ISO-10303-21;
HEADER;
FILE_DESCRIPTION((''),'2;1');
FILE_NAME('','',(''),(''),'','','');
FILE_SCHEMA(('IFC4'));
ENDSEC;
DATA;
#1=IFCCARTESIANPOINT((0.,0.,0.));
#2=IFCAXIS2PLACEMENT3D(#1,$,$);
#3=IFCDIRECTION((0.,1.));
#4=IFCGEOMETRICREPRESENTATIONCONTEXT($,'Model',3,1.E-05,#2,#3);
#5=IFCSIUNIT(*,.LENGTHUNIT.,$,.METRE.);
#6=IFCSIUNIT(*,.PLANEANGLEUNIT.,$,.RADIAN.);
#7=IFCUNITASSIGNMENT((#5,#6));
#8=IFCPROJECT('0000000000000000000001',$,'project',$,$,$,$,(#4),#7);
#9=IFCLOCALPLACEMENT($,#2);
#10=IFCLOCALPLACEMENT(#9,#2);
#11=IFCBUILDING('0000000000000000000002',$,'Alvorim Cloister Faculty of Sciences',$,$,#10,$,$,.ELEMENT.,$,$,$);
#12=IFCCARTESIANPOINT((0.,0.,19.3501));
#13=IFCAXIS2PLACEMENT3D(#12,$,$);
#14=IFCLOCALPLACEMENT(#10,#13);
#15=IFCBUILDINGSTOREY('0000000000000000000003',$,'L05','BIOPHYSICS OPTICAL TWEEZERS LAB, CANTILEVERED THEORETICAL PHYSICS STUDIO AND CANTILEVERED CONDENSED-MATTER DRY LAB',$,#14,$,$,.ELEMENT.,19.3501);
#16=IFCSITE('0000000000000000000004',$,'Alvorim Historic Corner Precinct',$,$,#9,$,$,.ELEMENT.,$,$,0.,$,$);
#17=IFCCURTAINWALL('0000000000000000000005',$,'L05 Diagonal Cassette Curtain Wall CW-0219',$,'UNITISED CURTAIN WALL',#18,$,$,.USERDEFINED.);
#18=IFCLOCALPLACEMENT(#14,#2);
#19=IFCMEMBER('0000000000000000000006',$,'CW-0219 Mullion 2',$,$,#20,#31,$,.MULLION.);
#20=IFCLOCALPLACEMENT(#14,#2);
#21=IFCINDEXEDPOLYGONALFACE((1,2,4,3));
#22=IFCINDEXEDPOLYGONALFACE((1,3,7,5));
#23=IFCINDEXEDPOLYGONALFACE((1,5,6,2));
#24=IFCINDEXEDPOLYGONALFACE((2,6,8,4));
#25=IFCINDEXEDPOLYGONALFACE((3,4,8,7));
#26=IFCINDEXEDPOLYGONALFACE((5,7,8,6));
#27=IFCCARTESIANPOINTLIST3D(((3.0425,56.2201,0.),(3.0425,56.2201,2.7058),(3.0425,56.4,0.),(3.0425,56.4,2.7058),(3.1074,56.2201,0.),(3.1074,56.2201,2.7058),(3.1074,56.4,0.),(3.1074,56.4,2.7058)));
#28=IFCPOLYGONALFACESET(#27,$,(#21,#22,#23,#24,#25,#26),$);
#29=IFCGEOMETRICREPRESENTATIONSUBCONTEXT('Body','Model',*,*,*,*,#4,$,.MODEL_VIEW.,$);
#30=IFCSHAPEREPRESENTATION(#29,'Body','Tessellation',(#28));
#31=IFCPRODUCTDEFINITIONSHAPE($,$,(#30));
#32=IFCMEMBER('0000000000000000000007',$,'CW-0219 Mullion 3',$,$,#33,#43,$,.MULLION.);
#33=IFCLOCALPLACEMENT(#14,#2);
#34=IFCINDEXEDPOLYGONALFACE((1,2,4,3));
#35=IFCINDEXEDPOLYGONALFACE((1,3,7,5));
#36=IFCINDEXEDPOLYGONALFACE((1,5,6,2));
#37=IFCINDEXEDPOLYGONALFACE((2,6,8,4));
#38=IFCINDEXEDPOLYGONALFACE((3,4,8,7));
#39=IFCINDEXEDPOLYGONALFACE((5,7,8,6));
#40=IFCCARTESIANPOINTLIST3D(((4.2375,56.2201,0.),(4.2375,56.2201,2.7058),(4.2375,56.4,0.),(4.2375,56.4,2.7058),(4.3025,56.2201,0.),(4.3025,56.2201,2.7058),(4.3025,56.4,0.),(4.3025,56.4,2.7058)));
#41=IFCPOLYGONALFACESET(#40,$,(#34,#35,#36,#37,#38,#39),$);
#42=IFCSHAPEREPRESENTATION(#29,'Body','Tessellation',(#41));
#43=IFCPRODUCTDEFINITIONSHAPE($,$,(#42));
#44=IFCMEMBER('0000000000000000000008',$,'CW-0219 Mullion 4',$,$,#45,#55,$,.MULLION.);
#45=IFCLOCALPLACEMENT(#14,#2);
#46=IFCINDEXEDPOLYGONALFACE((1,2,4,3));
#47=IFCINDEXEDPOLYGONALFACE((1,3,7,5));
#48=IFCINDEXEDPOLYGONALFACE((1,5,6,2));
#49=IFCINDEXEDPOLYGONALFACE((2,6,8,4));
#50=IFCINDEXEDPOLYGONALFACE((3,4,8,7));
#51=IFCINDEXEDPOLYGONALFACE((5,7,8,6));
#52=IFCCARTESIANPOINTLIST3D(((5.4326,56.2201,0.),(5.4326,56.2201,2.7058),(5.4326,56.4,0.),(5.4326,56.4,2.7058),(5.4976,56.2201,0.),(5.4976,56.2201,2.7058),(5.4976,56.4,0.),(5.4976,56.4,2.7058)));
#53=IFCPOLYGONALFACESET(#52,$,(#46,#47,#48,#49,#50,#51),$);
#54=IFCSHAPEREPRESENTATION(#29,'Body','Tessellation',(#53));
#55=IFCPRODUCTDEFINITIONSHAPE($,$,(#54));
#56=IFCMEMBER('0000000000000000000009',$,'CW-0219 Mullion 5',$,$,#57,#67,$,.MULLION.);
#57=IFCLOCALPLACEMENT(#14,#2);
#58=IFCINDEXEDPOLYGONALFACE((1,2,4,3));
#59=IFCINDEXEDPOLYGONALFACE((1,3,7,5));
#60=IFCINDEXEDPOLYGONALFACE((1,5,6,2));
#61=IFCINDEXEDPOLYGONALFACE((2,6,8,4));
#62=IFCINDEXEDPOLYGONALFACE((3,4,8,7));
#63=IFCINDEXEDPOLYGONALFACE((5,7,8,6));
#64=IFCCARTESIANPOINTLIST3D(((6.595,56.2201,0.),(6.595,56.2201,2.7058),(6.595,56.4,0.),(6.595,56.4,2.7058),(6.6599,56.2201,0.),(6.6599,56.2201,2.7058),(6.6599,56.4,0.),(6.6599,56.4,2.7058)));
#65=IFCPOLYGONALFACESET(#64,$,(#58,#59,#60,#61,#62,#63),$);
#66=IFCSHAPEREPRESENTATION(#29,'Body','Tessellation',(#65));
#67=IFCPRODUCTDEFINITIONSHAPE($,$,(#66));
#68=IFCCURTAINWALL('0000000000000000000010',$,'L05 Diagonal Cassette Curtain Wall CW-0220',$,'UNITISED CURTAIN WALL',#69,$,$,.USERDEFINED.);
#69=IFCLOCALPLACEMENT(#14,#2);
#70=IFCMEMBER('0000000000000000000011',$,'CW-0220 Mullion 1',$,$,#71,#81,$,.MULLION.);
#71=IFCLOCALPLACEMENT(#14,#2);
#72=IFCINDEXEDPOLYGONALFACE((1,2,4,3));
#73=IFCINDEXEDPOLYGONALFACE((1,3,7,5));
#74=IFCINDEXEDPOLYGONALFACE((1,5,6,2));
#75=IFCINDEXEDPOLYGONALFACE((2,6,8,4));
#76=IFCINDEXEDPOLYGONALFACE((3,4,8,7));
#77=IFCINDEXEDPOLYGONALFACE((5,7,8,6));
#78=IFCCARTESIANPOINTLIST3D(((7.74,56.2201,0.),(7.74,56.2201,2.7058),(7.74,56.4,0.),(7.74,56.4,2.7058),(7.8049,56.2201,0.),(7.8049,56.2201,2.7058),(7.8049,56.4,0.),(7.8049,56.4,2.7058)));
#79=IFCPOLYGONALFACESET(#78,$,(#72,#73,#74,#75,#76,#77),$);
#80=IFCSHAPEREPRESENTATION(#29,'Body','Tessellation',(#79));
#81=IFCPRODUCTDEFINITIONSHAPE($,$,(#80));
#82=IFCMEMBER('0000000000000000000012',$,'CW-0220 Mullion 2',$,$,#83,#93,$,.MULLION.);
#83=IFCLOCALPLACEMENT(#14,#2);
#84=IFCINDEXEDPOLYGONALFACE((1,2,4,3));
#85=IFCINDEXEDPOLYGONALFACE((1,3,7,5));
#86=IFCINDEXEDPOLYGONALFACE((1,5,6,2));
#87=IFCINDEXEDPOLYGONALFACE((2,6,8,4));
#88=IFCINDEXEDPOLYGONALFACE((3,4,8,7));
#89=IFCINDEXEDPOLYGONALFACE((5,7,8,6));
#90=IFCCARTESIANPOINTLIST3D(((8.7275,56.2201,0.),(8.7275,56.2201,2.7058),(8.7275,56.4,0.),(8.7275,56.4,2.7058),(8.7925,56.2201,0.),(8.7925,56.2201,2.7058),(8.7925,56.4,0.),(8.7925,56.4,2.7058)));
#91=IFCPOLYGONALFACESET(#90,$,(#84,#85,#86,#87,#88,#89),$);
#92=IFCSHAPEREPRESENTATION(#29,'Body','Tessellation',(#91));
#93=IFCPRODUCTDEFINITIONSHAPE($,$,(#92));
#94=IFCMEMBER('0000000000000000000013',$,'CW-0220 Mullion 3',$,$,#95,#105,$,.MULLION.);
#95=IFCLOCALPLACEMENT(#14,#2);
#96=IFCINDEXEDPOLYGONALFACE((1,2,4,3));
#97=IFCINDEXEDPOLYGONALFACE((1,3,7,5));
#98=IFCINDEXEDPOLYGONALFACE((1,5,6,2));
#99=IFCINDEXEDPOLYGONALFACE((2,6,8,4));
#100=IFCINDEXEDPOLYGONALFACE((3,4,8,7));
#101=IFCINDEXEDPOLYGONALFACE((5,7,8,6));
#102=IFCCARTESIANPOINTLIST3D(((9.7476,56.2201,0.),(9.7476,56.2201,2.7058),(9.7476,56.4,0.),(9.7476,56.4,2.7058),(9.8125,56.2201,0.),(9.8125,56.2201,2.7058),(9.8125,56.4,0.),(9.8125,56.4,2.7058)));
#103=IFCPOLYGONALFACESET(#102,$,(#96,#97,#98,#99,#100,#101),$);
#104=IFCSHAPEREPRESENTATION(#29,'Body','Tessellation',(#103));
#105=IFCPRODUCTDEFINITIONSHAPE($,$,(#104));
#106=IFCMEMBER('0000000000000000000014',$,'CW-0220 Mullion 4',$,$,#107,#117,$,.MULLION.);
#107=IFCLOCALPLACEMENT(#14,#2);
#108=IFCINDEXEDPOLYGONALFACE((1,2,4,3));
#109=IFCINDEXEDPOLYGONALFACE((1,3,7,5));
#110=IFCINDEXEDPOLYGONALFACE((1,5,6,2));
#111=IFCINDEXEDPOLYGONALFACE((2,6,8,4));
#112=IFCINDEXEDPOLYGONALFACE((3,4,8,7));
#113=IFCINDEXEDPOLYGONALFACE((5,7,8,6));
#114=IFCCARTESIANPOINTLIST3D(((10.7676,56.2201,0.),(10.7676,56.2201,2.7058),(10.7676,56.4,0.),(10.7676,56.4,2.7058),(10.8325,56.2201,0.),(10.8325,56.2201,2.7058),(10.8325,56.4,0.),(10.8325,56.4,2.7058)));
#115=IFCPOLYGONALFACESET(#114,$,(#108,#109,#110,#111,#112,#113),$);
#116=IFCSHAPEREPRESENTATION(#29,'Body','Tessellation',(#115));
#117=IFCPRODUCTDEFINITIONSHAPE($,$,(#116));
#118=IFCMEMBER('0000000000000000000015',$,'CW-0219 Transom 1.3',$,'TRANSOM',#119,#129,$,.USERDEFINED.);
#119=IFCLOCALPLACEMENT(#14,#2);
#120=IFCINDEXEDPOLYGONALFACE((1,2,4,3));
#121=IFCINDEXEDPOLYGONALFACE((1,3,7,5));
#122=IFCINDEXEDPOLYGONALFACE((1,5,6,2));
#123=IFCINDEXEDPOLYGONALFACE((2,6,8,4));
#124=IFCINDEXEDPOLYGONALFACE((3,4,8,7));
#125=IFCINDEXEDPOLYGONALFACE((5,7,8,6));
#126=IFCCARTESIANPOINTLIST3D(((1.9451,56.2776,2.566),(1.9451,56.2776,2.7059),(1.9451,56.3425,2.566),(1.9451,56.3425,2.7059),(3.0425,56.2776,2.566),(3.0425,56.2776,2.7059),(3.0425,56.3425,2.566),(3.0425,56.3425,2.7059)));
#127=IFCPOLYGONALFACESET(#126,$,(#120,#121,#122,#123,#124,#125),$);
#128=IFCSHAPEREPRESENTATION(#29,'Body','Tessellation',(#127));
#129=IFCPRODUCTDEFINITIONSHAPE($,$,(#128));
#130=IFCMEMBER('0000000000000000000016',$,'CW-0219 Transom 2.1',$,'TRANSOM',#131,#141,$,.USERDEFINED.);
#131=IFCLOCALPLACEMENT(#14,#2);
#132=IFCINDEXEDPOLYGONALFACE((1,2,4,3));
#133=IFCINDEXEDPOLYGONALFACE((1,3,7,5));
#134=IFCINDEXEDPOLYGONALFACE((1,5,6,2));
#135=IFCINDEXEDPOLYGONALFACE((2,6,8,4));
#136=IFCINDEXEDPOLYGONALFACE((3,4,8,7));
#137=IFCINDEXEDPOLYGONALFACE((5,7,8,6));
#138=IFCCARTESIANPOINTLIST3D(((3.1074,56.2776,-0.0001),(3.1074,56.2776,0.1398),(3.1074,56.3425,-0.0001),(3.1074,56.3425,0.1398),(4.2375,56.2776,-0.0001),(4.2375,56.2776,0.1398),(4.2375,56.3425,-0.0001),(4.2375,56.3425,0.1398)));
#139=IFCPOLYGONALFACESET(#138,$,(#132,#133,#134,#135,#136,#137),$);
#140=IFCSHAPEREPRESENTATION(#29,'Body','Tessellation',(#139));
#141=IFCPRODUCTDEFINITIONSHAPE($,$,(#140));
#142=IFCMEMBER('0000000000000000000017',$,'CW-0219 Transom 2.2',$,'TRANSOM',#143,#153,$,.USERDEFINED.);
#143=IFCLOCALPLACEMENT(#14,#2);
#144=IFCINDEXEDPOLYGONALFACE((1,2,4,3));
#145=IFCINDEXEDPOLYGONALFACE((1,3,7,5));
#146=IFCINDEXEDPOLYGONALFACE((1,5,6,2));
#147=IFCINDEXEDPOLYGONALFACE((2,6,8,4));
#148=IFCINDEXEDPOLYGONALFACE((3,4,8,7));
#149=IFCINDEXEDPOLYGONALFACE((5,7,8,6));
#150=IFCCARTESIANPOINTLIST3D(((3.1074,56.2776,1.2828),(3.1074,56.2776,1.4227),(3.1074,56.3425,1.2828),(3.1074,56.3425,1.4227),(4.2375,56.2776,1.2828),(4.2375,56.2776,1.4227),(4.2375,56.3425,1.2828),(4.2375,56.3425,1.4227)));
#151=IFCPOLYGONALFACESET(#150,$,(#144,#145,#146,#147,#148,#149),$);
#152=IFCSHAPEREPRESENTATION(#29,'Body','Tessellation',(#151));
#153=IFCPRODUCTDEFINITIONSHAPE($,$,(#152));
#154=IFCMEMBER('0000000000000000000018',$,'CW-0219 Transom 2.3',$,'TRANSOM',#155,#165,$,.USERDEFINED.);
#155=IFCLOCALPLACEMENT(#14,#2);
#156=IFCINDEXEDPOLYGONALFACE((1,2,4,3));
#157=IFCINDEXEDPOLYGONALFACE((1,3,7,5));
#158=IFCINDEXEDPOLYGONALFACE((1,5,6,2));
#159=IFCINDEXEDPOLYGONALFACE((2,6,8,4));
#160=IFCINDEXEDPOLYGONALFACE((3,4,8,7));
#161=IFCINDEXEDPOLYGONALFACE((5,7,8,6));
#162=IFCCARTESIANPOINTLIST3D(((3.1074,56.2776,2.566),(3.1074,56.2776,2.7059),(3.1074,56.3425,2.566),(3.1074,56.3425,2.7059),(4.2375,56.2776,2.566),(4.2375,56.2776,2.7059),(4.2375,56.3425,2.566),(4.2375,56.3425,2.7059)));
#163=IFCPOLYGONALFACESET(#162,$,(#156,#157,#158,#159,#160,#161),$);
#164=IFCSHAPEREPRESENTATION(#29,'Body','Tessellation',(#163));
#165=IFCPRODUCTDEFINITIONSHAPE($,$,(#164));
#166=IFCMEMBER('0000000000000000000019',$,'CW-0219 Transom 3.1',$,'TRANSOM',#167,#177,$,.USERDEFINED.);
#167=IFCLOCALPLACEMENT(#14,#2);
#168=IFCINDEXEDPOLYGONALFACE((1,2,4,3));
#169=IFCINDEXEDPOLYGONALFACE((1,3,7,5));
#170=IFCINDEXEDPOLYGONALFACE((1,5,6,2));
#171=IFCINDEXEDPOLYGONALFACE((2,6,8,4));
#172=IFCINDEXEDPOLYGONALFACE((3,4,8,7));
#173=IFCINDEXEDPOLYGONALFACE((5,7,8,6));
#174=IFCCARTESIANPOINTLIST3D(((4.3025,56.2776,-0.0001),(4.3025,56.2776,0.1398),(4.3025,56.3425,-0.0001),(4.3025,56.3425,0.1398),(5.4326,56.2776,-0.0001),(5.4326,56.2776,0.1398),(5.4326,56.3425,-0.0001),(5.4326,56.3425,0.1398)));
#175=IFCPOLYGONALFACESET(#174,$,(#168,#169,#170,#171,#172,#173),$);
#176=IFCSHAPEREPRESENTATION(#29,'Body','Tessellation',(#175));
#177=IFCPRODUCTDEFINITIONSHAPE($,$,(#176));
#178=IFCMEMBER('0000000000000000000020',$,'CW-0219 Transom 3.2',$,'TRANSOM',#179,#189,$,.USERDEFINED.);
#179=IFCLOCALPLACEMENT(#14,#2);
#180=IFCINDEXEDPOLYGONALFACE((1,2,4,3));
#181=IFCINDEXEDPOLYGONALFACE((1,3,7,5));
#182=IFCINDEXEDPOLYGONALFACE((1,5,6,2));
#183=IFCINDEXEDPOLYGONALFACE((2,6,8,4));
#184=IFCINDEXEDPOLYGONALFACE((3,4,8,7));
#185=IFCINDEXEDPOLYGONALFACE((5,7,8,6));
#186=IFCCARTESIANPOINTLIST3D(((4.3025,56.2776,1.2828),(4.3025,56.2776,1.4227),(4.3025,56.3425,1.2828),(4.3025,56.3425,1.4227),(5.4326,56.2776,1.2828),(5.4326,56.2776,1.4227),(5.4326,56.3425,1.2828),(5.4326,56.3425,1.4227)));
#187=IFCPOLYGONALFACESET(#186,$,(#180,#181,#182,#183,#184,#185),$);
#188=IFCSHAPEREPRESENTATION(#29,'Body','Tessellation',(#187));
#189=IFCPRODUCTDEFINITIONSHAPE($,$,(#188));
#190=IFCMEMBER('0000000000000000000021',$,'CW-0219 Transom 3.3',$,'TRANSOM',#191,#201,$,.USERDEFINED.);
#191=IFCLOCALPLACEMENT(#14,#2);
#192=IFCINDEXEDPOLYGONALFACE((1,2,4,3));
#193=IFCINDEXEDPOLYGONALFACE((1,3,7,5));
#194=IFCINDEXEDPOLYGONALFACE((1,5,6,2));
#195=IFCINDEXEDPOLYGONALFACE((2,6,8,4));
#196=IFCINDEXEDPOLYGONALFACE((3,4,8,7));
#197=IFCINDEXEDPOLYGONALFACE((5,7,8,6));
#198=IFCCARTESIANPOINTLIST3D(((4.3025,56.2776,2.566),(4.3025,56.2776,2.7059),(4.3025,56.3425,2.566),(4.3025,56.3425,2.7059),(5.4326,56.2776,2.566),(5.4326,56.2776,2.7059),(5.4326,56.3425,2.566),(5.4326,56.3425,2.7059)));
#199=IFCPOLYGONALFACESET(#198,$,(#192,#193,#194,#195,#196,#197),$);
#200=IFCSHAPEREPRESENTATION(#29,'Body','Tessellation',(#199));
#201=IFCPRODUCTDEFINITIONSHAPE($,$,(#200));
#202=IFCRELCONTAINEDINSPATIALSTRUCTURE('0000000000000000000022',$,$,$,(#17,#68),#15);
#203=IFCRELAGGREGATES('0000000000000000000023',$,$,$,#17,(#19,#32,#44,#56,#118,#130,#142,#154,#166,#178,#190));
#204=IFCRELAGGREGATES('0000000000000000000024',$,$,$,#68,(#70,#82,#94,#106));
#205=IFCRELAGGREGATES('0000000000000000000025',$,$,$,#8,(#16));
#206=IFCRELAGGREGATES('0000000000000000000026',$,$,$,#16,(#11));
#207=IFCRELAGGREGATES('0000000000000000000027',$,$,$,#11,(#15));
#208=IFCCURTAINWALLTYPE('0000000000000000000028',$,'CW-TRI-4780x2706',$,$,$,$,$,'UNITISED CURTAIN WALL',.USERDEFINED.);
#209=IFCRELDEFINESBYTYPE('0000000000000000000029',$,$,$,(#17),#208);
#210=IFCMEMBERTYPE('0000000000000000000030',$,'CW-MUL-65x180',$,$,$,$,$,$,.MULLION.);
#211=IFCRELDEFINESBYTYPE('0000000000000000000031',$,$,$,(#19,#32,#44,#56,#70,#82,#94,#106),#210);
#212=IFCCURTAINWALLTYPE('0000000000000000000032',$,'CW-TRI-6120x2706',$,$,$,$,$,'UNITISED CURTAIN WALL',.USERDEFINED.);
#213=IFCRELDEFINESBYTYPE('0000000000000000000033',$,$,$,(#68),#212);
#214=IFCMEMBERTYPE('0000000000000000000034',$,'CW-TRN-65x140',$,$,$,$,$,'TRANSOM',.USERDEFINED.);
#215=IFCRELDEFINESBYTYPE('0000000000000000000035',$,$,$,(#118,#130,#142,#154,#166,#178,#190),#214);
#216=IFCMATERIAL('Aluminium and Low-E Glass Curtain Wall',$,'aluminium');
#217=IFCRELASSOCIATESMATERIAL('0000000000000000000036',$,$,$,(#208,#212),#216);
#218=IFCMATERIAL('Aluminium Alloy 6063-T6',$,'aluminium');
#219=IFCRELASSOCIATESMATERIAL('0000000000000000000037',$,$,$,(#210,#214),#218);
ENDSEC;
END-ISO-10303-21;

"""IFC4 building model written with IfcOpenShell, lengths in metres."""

from ifc_helpers import new_model, si_unit, direction, frame, origin, origin_2d, place, context, subcontext, project, spatial, rectangle, extrude, material, material_profile, profile_set, type_object, element, aggregate, save


model = new_model("IFC4")

# Units and contexts
model_context = context("Model", 3, precision=1e-05, world=origin(), true_north=direction((0.0, 1.0)))
body_context = subcontext(model_context, "Body", "Model", "MODEL_VIEW")
ifc_project = project(units=[si_unit("LENGTHUNIT", "METRE"), si_unit("PLANEANGLEUNIT", "RADIAN")], contexts=[model_context])

# Site, building, storey
site_placement = place(None, origin())
site = spatial("IfcSite", under=ifc_project, at=site_placement, Name="Alvorim Historic Corner Precinct", CompositionType="ELEMENT", RefElevation=0.0)
building_placement = place(site_placement, origin())
building = spatial("IfcBuilding", under=site, at=building_placement, Name="Alvorim Cloister Faculty of Sciences", CompositionType="ELEMENT")
storey_placement = place(building_placement, frame((0.0, 0.0, 19.3501)))
storey = spatial("IfcBuildingStorey", under=building, at=storey_placement, Name="L05", Description="BIOPHYSICS OPTICAL TWEEZERS LAB, CANTILEVERED THEORETICAL PHYSICS STUDIO AND CANTILEVERED CONDENSED-MATTER DRY LAB", CompositionType="ELEMENT", Elevation=19.3501)

# Curtain walls, members
ifc_material_1 = material(Name="Aluminium and Low-E Glass Curtain Wall", Category="aluminium")
curtain_wall_type_1 = type_object("IfcCurtainWallType", Name="CW-TRI-4780x2706", ElementType="UNITISED CURTAIN WALL", PredefinedType="USERDEFINED", material=ifc_material_1)
curtain_wall_1_placement = place(storey_placement, origin())
curtain_wall_1 = element("IfcCurtainWall", 1, at=curtain_wall_1_placement, inside=storey, type_object=curtain_wall_type_1, Name="L05 Diagonal Cassette Curtain Wall CW-0219", ObjectType="UNITISED CURTAIN WALL", PredefinedType="USERDEFINED")
ifc_material_2 = material(Name="Aluminium Alloy 6063-T6", Category="aluminium")
ifc_material_profile_1 = material_profile(ifc_material_2, rectangle(XDim=0.0649, YDim=0.1799, at=origin_2d()), Name="ALU-MUL-65x180")
ifc_profile_set_1 = profile_set([ifc_material_profile_1], Name="Aluminium Alloy 6063-T6")
member_type_1 = type_object("IfcMemberType", Name="CW-MUL-65x180", PredefinedType="MULLION", material=ifc_profile_set_1)
member_1_placement = place(storey_placement, frame((3.075, 56.3101, 0.0), z_axis=(0.0, 0.0, 1.0), x_axis=(1.0, 0.0, 0.0)))
member_1 = element("IfcMember", 2, at=member_1_placement, type_object=member_type_1, Name="CW-0219 Mullion 2", PredefinedType="MULLION", context=body_context, shape_type="SweptSolid", body=[
    extrude(rectangle(XDim=0.0649, YDim=0.1799, at=origin_2d()), origin(), (0.0, 0.0, 1.0), 2.7058),
])
member_2_placement = place(storey_placement, frame((4.27, 56.3101, 0.0), z_axis=(0.0, 0.0, 1.0), x_axis=(1.0, 0.0, 0.0)))
member_2 = element("IfcMember", 3, at=member_2_placement, type_object=member_type_1, Name="CW-0219 Mullion 3", PredefinedType="MULLION", context=body_context, shape_type="SweptSolid", body=[
    extrude(rectangle(XDim=0.0649, YDim=0.1799, at=origin_2d()), origin(), (0.0, 0.0, 1.0), 2.7058),
])
member_3_placement = place(storey_placement, frame((5.4651, 56.3101, 0.0), z_axis=(0.0, 0.0, 1.0), x_axis=(1.0, 0.0, 0.0)))
member_3 = element("IfcMember", 4, at=member_3_placement, type_object=member_type_1, Name="CW-0219 Mullion 4", PredefinedType="MULLION", context=body_context, shape_type="SweptSolid", body=[
    extrude(rectangle(XDim=0.0649, YDim=0.1799, at=origin_2d()), origin(), (0.0, 0.0, 1.0), 2.7058),
])
member_4_placement = place(storey_placement, frame((6.6274, 56.3101, 0.0), z_axis=(0.0, 0.0, 1.0), x_axis=(1.0, 0.0, 0.0)))
member_4 = element("IfcMember", 5, at=member_4_placement, type_object=member_type_1, Name="CW-0219 Mullion 5", PredefinedType="MULLION", context=body_context, shape_type="SweptSolid", body=[
    extrude(rectangle(XDim=0.0649, YDim=0.1799, at=origin_2d()), origin(), (0.0, 0.0, 1.0), 2.7058),
])
curtain_wall_type_2 = type_object("IfcCurtainWallType", Name="CW-TRI-6120x2706", ElementType="UNITISED CURTAIN WALL", PredefinedType="USERDEFINED", material=ifc_material_1)
curtain_wall_2_placement = place(storey_placement, origin())
curtain_wall_2 = element("IfcCurtainWall", 6, at=curtain_wall_2_placement, inside=storey, type_object=curtain_wall_type_2, Name="L05 Diagonal Cassette Curtain Wall CW-0220", ObjectType="UNITISED CURTAIN WALL", PredefinedType="USERDEFINED")
member_5_placement = place(storey_placement, frame((7.7725, 56.3101, 0.0), z_axis=(0.0, 0.0, 1.0), x_axis=(1.0, 0.0, 0.0)))
member_5 = element("IfcMember", 7, at=member_5_placement, type_object=member_type_1, Name="CW-0220 Mullion 1", PredefinedType="MULLION", context=body_context, shape_type="SweptSolid", body=[
    extrude(rectangle(XDim=0.0649, YDim=0.1799, at=origin_2d()), origin(), (0.0, 0.0, 1.0), 2.7058),
])
member_6_placement = place(storey_placement, frame((8.76, 56.3101, 0.0), z_axis=(0.0, 0.0, 1.0), x_axis=(1.0, 0.0, 0.0)))
member_6 = element("IfcMember", 8, at=member_6_placement, type_object=member_type_1, Name="CW-0220 Mullion 2", PredefinedType="MULLION", context=body_context, shape_type="SweptSolid", body=[
    extrude(rectangle(XDim=0.0649, YDim=0.1799, at=origin_2d()), origin(), (0.0, 0.0, 1.0), 2.7058),
])
member_7_placement = place(storey_placement, frame((9.78, 56.3101, 0.0), z_axis=(0.0, 0.0, 1.0), x_axis=(1.0, 0.0, 0.0)))
member_7 = element("IfcMember", 9, at=member_7_placement, type_object=member_type_1, Name="CW-0220 Mullion 3", PredefinedType="MULLION", context=body_context, shape_type="SweptSolid", body=[
    extrude(rectangle(XDim=0.0649, YDim=0.1799, at=origin_2d()), origin(), (0.0, 0.0, 1.0), 2.7058),
])
member_8_placement = place(storey_placement, frame((10.8, 56.3101, 0.0), z_axis=(0.0, 0.0, 1.0), x_axis=(1.0, 0.0, 0.0)))
member_8 = element("IfcMember", 10, at=member_8_placement, type_object=member_type_1, Name="CW-0220 Mullion 4", PredefinedType="MULLION", context=body_context, shape_type="SweptSolid", body=[
    extrude(rectangle(XDim=0.0649, YDim=0.1799, at=origin_2d()), origin(), (0.0, 0.0, 1.0), 2.7058),
])

# Members
ifc_material_profile_2 = material_profile(ifc_material_2, rectangle(XDim=0.0649, YDim=0.1399, at=origin_2d()), Name="ALU-TRN-65x140")
ifc_profile_set_2 = profile_set([ifc_material_profile_2], Name="Aluminium Alloy 6063-T6")
member_type_2 = type_object("IfcMemberType", Name="CW-TRN-65x140", ElementType="TRANSOM", PredefinedType="USERDEFINED", material=ifc_profile_set_2)
member_9_placement = place(storey_placement, frame((1.9451, 56.3101, 2.636), z_axis=(1.0, 0.0, 0.0), x_axis=(0.0, 1.0, 0.0)))
member_9 = element("IfcMember", 11, at=member_9_placement, type_object=member_type_2, Name="CW-0219 Transom 1.3", ObjectType="TRANSOM", PredefinedType="USERDEFINED", context=body_context, shape_type="SweptSolid", body=[
    extrude(rectangle(XDim=0.0649, YDim=0.1399, at=origin_2d()), origin(), (0.0, 0.0, 1.0), 1.0974),
])
member_10_placement = place(storey_placement, frame((3.1074, 56.3101, 0.0698), z_axis=(1.0, 0.0, 0.0), x_axis=(0.0, 1.0, 0.0)))
member_10 = element("IfcMember", 12, at=member_10_placement, type_object=member_type_2, Name="CW-0219 Transom 2.1", ObjectType="TRANSOM", PredefinedType="USERDEFINED", context=body_context, shape_type="SweptSolid", body=[
    extrude(rectangle(XDim=0.0649, YDim=0.1399, at=origin_2d()), origin(), (0.0, 0.0, 1.0), 1.1301),
])
member_11_placement = place(storey_placement, frame((3.1074, 56.3101, 1.3528), z_axis=(1.0, 0.0, 0.0), x_axis=(0.0, 1.0, 0.0)))
member_11 = element("IfcMember", 13, at=member_11_placement, type_object=member_type_2, Name="CW-0219 Transom 2.2", ObjectType="TRANSOM", PredefinedType="USERDEFINED", context=body_context, shape_type="SweptSolid", body=[
    extrude(rectangle(XDim=0.0649, YDim=0.1399, at=origin_2d()), origin(), (0.0, 0.0, 1.0), 1.1301),
])
member_12_placement = place(storey_placement, frame((3.1074, 56.3101, 2.636), z_axis=(1.0, 0.0, 0.0), x_axis=(0.0, 1.0, 0.0)))
member_12 = element("IfcMember", 14, at=member_12_placement, type_object=member_type_2, Name="CW-0219 Transom 2.3", ObjectType="TRANSOM", PredefinedType="USERDEFINED", context=body_context, shape_type="SweptSolid", body=[
    extrude(rectangle(XDim=0.0649, YDim=0.1399, at=origin_2d()), origin(), (0.0, 0.0, 1.0), 1.1301),
])
member_13_placement = place(storey_placement, frame((4.3025, 56.3101, 0.0698), z_axis=(1.0, 0.0, 0.0), x_axis=(0.0, 1.0, 0.0)))
member_13 = element("IfcMember", 15, at=member_13_placement, type_object=member_type_2, Name="CW-0219 Transom 3.1", ObjectType="TRANSOM", PredefinedType="USERDEFINED", context=body_context, shape_type="SweptSolid", body=[
    extrude(rectangle(XDim=0.0649, YDim=0.1399, at=origin_2d()), origin(), (0.0, 0.0, 1.0), 1.1301),
])
member_14_placement = place(storey_placement, frame((4.3025, 56.3101, 1.3528), z_axis=(1.0, 0.0, 0.0), x_axis=(0.0, 1.0, 0.0)))
member_14 = element("IfcMember", 16, at=member_14_placement, type_object=member_type_2, Name="CW-0219 Transom 3.2", ObjectType="TRANSOM", PredefinedType="USERDEFINED", context=body_context, shape_type="SweptSolid", body=[
    extrude(rectangle(XDim=0.0649, YDim=0.1399, at=origin_2d()), origin(), (0.0, 0.0, 1.0), 1.1301),
])
member_15_placement = place(storey_placement, frame((4.3025, 56.3101, 2.636), z_axis=(1.0, 0.0, 0.0), x_axis=(0.0, 1.0, 0.0)))
member_15 = element("IfcMember", 17, at=member_15_placement, type_object=member_type_2, Name="CW-0219 Transom 3.3", ObjectType="TRANSOM", PredefinedType="USERDEFINED", context=body_context, shape_type="SweptSolid", body=[
    extrude(rectangle(XDim=0.0649, YDim=0.1399, at=origin_2d()), origin(), (0.0, 0.0, 1.0), 1.1301),
])
aggregate(curtain_wall_1, [member_1, member_2, member_3, member_4, member_9, member_10, member_11, member_12, member_13, member_14, member_15])
aggregate(curtain_wall_2, [member_5, member_6, member_7, member_8])

save(model, "model.ifc")
